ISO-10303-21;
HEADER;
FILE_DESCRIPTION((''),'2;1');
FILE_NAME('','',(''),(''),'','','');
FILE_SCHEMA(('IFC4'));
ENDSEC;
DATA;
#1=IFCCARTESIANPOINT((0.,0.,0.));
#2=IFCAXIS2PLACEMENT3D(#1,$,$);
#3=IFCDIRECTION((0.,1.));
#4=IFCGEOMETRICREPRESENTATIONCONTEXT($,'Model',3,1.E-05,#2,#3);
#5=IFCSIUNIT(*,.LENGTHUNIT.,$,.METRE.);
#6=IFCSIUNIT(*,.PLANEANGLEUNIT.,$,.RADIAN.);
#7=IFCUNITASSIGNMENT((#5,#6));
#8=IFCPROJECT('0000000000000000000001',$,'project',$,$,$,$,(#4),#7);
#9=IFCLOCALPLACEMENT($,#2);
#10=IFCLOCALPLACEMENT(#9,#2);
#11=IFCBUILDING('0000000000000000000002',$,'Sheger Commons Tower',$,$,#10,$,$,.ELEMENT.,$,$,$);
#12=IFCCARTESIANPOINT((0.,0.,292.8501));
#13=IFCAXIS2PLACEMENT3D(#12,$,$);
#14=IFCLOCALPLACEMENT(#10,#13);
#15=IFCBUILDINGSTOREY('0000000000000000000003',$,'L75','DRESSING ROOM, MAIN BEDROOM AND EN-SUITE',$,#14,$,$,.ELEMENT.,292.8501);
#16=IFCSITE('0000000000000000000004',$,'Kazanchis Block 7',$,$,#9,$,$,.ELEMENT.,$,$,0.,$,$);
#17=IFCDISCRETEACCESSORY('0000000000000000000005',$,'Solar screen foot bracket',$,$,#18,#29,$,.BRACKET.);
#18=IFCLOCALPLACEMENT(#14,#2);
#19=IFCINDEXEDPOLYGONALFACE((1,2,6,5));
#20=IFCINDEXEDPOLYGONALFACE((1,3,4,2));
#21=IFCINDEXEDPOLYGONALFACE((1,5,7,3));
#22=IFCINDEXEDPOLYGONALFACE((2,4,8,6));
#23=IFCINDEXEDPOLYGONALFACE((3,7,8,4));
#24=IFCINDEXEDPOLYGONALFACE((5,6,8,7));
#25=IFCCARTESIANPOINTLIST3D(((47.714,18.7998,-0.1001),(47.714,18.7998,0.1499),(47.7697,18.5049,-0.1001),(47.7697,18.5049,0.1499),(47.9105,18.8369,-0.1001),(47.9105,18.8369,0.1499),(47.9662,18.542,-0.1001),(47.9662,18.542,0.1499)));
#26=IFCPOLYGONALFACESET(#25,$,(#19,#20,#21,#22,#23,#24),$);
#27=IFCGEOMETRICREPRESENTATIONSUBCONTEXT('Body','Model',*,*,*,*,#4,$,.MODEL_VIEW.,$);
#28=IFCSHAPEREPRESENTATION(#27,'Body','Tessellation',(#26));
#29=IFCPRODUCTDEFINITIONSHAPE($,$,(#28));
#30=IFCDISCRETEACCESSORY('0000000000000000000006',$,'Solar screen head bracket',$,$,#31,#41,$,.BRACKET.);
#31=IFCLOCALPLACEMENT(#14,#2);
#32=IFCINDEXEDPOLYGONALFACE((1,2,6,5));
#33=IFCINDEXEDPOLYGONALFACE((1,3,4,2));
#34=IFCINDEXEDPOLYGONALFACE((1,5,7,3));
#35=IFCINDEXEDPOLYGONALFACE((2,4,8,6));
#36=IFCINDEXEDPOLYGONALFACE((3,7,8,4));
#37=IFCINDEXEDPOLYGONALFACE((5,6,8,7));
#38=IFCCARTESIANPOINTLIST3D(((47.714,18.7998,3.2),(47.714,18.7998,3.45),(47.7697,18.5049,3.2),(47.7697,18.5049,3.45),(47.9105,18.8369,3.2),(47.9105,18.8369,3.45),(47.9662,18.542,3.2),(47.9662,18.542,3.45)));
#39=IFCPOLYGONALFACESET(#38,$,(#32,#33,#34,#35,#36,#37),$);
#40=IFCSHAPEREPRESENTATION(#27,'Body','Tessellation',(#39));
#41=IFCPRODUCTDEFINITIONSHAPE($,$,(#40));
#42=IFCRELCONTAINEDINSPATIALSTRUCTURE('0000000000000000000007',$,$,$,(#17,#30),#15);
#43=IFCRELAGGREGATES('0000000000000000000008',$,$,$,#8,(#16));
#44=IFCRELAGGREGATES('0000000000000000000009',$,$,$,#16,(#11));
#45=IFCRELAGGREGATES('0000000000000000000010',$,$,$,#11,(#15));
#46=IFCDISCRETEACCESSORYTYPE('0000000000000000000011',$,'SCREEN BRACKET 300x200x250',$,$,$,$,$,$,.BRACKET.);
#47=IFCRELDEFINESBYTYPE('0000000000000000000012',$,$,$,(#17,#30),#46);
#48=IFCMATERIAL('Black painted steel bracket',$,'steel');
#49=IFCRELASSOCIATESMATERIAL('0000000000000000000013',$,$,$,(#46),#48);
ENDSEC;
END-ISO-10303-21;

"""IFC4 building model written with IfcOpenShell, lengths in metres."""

from ifc_helpers import new_model, si_unit, direction, frame, origin, origin_2d, place, context, subcontext, project, spatial, rectangle, extrude, material, type_object, element, save


model = new_model("IFC4")

# Units and contexts
model_context = context("Model", 3, precision=1e-05, world=origin(), true_north=direction((0.0, 1.0)))
body_context = subcontext(model_context, "Body", "Model", "MODEL_VIEW")
ifc_project = project(units=[si_unit("LENGTHUNIT", "METRE"), si_unit("PLANEANGLEUNIT", "RADIAN")], contexts=[model_context])

# Site, building, storey
site_placement = place(None, origin())
site = spatial("IfcSite", under=ifc_project, at=site_placement, Name="Kazanchis Block 7", CompositionType="ELEMENT", RefElevation=0.0)
building_placement = place(site_placement, origin())
building = spatial("IfcBuilding", under=site, at=building_placement, Name="Sheger Commons Tower", CompositionType="ELEMENT")
storey_placement = place(building_placement, frame((0.0, 0.0, 292.8501)))
storey = spatial("IfcBuildingStorey", under=building, at=storey_placement, Name="L75", Description="DRESSING ROOM, MAIN BEDROOM AND EN-SUITE", CompositionType="ELEMENT", Elevation=292.8501)

# Discrete accessories
ifc_material_1 = material(Name="Black painted steel bracket", Category="steel")
discrete_accessory_type = type_object("IfcDiscreteAccessoryType", Name="SCREEN BRACKET 300x200x250", PredefinedType="BRACKET", material=ifc_material_1)
for number, where, z_axis, x_axis, name in (
    (1, (47.8401, 18.6709, -0.1001), (0.0, 0.0, 1.0), (-0.185615, 0.982623, 0.0), "Solar screen foot bracket"),
    (2, (47.8401, 18.6709, 3.2), (0.0, 0.0, 1.0), (-0.185615, 0.982623, 0.0), "Solar screen head bracket"),
):
    element("IfcDiscreteAccessory", number, at=place(storey_placement, frame(where, z_axis=z_axis, x_axis=x_axis)), inside=storey, type_object=discrete_accessory_type, Name=name, PredefinedType="BRACKET", context=body_context, shape_type="SweptSolid", body=[
        extrude(rectangle(XDim=0.3, YDim=0.2, at=origin_2d()), origin(), (0.0, 0.0, 1.0), 0.25),
    ])

save(model, "model.ifc")
